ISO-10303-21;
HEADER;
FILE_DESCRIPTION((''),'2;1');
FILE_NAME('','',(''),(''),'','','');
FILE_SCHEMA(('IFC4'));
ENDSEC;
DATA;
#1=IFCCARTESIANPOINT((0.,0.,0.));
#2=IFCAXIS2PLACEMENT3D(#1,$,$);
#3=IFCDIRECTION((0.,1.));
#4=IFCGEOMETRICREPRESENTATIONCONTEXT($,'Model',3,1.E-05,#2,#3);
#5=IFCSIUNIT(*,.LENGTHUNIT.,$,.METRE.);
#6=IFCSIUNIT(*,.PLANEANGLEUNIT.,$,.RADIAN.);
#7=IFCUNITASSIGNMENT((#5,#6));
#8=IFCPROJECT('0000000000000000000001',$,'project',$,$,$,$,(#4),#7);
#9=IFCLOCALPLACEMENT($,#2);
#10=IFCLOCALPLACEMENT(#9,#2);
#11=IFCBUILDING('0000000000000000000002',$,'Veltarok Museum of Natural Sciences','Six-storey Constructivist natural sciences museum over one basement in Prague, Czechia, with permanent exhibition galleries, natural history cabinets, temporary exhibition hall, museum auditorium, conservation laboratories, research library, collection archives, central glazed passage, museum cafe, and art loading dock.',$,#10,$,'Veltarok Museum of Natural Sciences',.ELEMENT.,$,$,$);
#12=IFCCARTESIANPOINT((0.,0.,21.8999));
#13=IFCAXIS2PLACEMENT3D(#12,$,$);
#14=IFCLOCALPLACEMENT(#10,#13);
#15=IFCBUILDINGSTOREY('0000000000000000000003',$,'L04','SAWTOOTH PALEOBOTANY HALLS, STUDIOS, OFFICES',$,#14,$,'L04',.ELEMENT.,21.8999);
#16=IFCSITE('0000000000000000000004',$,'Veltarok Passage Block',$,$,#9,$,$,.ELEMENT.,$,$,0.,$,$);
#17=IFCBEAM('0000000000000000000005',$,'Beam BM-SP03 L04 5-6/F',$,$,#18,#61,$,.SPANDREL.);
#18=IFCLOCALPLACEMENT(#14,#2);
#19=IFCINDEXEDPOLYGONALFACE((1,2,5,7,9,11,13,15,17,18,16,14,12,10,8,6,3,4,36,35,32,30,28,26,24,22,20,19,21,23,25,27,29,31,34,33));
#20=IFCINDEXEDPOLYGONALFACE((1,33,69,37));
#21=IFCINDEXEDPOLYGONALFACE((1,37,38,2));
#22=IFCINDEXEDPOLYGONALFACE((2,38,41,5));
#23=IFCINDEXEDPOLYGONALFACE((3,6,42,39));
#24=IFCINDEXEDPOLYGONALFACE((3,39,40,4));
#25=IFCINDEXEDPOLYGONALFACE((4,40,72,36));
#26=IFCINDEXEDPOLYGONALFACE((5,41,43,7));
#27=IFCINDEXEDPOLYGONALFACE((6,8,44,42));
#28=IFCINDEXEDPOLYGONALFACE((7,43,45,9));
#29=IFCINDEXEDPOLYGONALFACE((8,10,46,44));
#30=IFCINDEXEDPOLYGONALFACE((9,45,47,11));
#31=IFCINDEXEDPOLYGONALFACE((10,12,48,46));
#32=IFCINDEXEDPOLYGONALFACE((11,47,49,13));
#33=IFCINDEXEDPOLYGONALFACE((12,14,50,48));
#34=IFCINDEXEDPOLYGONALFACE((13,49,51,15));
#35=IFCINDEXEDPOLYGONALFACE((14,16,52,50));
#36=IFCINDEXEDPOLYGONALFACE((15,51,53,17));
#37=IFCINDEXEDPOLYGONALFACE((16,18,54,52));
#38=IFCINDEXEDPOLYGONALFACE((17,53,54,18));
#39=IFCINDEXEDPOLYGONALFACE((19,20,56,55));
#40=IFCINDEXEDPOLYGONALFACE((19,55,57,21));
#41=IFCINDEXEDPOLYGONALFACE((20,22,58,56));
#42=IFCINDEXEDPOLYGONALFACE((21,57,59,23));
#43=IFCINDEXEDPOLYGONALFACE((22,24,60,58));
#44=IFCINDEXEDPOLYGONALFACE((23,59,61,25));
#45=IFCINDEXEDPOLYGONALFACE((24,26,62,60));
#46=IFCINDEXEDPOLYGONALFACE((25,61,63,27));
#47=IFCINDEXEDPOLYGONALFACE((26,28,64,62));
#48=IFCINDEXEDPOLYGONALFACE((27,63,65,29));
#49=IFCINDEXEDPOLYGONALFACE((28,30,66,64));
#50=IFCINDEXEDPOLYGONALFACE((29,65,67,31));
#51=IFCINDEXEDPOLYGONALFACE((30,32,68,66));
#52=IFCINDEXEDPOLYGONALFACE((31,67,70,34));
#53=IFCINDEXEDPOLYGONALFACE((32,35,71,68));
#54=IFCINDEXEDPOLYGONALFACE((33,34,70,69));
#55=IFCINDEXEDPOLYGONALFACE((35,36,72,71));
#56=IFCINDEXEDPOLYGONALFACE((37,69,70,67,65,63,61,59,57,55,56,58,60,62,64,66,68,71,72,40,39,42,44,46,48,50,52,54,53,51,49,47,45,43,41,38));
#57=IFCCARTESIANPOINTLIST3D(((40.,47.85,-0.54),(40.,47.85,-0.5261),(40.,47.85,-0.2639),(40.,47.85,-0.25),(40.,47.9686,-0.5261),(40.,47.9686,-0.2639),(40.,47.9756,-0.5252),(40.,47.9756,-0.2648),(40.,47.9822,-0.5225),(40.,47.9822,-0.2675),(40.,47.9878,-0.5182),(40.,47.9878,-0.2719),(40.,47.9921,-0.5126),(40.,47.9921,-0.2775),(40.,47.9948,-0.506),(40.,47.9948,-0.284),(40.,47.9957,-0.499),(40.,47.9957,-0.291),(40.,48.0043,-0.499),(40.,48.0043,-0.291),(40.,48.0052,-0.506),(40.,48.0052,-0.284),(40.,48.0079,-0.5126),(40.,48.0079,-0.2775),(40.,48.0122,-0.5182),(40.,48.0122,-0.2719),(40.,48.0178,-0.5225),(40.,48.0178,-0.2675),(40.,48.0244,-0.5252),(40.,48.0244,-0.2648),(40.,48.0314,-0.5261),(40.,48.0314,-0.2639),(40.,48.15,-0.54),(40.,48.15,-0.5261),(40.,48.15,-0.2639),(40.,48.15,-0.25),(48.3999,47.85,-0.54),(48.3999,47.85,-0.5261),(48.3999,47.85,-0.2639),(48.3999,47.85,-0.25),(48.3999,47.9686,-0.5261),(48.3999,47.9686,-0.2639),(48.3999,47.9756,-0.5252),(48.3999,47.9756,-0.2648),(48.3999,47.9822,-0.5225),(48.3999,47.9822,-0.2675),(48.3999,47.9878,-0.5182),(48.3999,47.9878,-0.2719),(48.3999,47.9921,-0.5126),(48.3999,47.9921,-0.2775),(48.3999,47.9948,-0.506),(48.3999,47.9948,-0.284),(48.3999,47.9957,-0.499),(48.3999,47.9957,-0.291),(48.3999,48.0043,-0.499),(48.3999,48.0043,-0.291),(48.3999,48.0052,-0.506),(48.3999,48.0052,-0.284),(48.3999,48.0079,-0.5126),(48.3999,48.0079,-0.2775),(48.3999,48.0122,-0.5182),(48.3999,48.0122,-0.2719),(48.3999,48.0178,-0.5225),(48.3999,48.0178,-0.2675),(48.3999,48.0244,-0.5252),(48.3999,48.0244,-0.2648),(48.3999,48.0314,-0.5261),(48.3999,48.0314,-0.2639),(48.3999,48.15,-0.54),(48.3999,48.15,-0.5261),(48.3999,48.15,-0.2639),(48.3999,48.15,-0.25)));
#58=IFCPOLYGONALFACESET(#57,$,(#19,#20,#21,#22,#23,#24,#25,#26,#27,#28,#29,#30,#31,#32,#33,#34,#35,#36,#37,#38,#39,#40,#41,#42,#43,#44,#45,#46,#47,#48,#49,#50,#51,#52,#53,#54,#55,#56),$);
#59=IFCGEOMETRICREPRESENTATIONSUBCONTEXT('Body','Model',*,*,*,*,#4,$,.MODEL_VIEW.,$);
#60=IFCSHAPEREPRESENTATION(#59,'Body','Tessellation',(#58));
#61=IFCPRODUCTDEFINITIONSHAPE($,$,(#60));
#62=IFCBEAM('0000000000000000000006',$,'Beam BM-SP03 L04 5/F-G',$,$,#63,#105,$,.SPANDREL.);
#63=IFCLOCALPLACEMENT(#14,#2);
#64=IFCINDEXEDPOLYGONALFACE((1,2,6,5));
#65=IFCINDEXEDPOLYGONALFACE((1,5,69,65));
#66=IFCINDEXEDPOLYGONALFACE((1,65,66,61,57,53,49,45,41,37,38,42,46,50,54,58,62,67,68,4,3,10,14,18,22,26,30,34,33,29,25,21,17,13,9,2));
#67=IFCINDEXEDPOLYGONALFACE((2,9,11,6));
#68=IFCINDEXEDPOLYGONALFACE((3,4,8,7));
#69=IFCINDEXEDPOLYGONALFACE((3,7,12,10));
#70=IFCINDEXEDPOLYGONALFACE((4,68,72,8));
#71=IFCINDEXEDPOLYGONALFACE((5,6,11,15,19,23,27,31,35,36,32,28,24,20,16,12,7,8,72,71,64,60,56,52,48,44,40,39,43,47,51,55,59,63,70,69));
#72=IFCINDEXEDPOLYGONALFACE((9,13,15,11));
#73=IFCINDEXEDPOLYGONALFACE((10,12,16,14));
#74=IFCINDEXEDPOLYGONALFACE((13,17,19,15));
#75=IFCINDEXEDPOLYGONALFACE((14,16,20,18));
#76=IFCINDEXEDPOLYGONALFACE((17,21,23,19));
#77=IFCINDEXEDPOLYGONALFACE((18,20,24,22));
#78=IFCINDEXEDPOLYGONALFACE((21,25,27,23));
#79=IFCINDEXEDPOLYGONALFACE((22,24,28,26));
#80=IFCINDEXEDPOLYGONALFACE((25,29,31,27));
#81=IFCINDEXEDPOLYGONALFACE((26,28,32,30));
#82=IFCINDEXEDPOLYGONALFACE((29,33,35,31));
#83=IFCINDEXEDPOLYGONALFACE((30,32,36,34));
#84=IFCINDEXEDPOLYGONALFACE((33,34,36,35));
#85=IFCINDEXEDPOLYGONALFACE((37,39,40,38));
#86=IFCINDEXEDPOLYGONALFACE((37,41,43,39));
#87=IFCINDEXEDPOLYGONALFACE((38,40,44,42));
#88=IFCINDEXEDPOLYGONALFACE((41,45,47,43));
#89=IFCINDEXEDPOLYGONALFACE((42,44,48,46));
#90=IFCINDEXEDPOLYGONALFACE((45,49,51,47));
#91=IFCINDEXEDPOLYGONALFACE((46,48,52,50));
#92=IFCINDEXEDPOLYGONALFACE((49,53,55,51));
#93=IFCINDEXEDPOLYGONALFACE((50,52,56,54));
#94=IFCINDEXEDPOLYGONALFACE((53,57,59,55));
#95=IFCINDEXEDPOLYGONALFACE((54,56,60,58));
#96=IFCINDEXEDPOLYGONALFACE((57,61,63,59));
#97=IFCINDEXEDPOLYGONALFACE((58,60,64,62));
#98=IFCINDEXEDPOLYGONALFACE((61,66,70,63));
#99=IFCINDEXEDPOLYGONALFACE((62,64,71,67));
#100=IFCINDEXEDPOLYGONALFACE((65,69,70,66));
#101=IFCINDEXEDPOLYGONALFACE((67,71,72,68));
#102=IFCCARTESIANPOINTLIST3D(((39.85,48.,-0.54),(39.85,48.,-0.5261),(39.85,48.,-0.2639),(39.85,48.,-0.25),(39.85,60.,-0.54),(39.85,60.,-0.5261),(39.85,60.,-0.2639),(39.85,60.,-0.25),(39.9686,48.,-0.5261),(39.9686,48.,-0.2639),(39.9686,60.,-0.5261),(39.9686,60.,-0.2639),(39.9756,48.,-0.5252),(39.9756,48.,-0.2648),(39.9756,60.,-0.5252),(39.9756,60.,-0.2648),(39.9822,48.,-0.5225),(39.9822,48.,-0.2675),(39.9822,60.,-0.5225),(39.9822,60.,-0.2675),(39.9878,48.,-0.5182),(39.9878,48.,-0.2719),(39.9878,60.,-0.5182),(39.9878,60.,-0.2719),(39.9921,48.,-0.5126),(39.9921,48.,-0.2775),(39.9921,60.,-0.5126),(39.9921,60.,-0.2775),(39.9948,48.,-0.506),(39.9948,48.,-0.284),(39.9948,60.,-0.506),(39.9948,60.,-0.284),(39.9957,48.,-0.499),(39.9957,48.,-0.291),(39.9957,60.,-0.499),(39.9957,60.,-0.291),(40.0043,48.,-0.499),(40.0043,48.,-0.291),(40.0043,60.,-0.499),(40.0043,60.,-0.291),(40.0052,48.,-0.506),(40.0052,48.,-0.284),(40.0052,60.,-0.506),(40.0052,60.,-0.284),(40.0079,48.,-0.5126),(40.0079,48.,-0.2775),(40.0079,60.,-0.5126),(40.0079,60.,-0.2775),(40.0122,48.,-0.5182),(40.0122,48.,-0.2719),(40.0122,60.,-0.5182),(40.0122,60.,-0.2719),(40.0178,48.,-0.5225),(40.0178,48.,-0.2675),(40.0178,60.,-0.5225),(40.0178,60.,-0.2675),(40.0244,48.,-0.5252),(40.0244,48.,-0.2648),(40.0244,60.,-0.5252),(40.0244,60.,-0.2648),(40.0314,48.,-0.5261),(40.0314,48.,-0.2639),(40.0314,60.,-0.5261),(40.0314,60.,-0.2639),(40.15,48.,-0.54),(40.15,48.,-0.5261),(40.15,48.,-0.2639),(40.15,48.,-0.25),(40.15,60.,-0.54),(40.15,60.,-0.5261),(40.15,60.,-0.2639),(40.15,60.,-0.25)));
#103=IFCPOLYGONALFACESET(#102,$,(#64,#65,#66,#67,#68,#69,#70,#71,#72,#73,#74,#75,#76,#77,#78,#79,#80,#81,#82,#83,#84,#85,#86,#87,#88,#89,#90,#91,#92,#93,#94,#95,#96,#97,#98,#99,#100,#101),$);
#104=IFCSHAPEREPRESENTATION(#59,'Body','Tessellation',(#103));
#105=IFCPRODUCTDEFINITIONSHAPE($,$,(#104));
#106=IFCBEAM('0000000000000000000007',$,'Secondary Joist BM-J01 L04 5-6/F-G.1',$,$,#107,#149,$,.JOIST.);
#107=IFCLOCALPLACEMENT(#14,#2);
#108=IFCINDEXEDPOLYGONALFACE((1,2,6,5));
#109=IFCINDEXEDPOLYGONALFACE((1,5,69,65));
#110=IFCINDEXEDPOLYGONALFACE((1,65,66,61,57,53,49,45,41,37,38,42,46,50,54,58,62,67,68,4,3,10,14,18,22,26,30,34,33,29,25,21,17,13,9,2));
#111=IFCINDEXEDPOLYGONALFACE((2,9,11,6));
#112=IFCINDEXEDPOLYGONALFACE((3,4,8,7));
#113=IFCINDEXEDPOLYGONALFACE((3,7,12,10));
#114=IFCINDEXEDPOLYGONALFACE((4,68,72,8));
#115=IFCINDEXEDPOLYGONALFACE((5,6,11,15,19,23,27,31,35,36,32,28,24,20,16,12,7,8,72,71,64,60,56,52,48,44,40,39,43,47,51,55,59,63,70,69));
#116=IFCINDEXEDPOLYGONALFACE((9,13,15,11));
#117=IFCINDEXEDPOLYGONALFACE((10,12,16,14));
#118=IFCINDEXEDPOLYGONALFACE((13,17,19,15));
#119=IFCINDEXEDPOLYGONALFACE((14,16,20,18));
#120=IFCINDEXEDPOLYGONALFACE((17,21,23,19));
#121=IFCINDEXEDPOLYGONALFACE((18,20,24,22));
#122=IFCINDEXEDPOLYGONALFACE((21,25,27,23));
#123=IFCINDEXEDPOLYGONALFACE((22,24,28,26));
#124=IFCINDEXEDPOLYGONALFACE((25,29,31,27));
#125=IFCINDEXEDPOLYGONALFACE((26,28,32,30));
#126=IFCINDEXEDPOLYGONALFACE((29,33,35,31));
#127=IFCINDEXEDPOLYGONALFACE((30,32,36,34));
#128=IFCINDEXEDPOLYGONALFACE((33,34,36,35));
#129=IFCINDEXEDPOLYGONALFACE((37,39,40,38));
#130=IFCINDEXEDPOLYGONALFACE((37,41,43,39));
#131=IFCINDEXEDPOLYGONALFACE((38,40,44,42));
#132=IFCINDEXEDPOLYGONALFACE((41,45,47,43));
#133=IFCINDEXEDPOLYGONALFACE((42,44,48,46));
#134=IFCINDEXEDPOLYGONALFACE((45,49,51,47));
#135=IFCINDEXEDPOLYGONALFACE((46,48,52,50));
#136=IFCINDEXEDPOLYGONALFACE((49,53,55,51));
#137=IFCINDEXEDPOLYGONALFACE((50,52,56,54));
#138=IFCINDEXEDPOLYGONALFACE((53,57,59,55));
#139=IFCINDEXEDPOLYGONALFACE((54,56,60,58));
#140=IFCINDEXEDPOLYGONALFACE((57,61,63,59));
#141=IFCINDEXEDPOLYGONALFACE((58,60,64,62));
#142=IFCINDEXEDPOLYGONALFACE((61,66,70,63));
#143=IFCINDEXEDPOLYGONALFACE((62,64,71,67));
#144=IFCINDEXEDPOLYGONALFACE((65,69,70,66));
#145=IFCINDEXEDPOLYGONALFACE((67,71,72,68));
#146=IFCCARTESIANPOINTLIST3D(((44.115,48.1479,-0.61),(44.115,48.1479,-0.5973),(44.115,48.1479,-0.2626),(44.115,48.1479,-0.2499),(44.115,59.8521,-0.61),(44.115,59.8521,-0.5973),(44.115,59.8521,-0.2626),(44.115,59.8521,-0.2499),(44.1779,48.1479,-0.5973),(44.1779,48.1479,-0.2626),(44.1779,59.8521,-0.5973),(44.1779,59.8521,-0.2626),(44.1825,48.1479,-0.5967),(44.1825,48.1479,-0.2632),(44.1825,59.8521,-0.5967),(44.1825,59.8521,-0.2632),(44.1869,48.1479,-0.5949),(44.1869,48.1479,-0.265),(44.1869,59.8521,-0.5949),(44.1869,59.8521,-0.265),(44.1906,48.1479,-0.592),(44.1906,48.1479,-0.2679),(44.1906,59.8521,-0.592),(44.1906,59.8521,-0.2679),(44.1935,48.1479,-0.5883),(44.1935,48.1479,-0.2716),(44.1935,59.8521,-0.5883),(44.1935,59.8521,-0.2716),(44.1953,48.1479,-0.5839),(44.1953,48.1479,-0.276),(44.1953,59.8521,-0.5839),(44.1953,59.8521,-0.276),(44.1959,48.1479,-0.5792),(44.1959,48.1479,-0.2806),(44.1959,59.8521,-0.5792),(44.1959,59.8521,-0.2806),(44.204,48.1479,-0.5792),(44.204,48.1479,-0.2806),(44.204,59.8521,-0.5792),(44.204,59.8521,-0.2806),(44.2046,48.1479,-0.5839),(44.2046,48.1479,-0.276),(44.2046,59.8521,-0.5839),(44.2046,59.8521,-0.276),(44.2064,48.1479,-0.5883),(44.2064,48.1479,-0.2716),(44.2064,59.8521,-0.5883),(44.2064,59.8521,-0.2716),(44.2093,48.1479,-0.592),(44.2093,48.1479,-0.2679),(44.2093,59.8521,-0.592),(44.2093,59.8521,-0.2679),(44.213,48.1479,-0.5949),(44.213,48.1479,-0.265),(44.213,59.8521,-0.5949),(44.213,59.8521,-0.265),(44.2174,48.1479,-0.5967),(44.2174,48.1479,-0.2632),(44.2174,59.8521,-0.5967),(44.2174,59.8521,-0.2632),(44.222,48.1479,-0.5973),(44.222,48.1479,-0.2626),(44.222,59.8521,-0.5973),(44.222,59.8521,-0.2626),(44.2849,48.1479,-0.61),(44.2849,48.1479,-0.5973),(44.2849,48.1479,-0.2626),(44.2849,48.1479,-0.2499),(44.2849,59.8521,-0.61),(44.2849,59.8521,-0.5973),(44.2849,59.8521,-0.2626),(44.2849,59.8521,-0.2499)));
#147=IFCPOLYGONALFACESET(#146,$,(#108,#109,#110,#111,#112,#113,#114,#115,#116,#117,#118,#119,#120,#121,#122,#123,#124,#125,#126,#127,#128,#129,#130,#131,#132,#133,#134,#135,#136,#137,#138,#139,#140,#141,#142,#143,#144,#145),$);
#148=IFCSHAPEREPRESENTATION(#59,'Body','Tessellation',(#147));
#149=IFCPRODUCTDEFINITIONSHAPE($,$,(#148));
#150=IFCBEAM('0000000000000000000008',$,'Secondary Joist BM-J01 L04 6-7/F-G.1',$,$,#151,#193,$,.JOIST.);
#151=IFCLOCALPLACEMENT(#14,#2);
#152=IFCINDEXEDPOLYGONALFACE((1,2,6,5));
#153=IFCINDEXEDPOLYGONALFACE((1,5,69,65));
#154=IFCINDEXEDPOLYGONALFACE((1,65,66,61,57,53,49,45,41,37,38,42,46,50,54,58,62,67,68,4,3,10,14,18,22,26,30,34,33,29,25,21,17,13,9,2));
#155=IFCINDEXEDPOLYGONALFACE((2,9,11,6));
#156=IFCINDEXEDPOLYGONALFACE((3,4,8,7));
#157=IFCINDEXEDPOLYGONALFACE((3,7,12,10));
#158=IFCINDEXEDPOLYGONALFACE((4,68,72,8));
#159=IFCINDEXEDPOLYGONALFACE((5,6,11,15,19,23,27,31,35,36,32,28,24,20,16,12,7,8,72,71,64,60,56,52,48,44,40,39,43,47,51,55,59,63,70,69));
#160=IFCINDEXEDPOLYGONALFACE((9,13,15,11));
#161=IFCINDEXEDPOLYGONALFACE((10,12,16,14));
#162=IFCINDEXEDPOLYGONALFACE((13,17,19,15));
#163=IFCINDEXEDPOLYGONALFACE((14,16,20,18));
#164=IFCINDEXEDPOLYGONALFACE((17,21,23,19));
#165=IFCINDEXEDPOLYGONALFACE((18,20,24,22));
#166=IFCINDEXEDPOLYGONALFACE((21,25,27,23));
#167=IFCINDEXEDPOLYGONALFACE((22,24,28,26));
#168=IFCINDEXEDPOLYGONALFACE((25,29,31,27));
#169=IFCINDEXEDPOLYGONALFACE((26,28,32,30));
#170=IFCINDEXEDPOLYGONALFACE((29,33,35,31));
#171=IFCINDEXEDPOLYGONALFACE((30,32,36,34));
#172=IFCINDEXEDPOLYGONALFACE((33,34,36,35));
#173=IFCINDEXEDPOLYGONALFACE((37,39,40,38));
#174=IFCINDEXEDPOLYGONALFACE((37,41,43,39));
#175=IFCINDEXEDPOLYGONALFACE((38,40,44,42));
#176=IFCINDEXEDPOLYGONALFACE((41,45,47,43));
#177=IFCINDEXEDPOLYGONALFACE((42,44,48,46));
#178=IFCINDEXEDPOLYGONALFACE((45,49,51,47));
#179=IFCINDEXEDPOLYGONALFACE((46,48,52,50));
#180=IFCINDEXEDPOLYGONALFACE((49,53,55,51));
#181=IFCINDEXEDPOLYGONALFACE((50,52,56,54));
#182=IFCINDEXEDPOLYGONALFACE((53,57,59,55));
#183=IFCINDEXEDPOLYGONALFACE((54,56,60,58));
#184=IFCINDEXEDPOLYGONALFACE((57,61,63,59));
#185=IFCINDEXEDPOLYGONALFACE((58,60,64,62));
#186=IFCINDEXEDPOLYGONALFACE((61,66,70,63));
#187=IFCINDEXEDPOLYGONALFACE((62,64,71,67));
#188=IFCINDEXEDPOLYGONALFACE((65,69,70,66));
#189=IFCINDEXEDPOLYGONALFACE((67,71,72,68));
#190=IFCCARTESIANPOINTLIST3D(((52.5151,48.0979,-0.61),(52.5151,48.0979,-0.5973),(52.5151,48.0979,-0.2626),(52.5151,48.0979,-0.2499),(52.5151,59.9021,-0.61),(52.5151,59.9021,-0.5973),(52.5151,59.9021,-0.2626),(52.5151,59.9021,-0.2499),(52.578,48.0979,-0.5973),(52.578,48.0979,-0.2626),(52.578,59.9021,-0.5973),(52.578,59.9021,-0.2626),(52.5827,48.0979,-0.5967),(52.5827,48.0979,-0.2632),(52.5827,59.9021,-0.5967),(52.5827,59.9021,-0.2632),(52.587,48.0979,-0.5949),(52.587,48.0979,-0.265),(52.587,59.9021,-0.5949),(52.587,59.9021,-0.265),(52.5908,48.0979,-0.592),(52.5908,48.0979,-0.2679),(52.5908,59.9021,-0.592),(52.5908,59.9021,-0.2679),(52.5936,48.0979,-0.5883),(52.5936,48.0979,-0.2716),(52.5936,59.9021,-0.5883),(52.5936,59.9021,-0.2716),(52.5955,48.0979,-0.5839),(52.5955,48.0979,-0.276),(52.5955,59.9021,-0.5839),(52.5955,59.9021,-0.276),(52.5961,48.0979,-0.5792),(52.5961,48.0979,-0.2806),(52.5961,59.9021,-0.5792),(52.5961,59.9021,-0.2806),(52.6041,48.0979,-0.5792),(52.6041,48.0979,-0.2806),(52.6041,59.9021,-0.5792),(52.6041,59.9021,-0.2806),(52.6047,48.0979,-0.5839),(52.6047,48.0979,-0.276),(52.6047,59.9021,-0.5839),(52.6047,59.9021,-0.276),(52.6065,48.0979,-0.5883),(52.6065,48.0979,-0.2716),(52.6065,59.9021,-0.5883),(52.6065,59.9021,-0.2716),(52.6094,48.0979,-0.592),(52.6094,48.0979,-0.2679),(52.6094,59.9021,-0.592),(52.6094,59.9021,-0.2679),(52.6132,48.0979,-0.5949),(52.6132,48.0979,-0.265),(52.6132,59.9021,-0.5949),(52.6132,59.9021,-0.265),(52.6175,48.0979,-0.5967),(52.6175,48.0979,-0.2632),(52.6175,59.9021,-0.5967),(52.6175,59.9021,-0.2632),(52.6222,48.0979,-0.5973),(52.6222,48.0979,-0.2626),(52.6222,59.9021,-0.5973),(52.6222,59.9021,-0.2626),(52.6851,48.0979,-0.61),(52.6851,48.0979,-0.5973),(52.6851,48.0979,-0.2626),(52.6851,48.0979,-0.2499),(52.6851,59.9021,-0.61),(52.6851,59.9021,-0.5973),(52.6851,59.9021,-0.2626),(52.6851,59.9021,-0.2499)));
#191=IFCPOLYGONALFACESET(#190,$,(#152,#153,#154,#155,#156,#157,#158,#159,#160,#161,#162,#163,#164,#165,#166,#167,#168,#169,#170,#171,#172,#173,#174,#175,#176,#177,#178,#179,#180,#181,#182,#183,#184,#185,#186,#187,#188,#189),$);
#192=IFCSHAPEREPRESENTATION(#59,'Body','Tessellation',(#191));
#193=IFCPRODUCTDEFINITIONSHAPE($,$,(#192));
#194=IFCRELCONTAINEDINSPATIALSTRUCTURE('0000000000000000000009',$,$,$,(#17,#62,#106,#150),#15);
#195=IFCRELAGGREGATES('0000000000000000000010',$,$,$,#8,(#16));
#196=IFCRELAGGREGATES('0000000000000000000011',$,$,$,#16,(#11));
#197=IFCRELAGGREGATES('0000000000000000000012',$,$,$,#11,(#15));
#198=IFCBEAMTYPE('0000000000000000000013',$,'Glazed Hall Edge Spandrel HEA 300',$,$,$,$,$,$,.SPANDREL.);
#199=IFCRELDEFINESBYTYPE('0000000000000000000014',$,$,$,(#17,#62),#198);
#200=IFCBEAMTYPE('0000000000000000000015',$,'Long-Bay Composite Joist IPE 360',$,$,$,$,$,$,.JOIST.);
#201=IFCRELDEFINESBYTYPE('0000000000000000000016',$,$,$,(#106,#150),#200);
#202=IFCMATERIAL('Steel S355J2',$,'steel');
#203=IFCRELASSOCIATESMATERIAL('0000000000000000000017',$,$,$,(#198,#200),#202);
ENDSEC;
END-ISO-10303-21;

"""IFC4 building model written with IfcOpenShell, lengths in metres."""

from ifc_helpers import new_model, si_unit, direction, frame, origin, origin_2d, place, context, subcontext, project, spatial, i_section, extrude, material, material_profile, profile_set, type_object, element, save


model = new_model("IFC4")

# Units and contexts
model_context = context("Model", 3, precision=1e-05, world=origin(), true_north=direction((0.0, 1.0)))
body_context = subcontext(model_context, "Body", "Model", "MODEL_VIEW")
ifc_project = project(units=[si_unit("LENGTHUNIT", "METRE"), si_unit("PLANEANGLEUNIT", "RADIAN")], contexts=[model_context])

# Site, building, storey
site_placement = place(None, origin())
site = spatial("IfcSite", under=ifc_project, at=site_placement, Name="Veltarok Passage Block", CompositionType="ELEMENT", RefElevation=0.0)
building_placement = place(site_placement, origin())
building = spatial("IfcBuilding", under=site, at=building_placement, Name="Veltarok Museum of Natural Sciences", Description="Six-storey Constructivist natural sciences museum over one basement in Prague, Czechia, with permanent exhibition galleries, natural history cabinets, temporary exhibition hall, museum auditorium, conservation laboratories, research library, collection archives, central glazed passage, museum cafe, and art loading dock.", LongName="Veltarok Museum of Natural Sciences", CompositionType="ELEMENT")
storey_placement = place(building_placement, frame((0.0, 0.0, 21.8999)))
storey = spatial("IfcBuildingStorey", under=building, at=storey_placement, Name="L04", Description="SAWTOOTH PALEOBOTANY HALLS, STUDIOS, OFFICES", LongName="L04", CompositionType="ELEMENT", Elevation=21.8999)

# Shared definitions
ifc_material_1 = material(Name="Steel S355J2", Category="steel")

# Beams
ifc_material_profile_1 = material_profile(ifc_material_1, i_section(OverallWidth=0.3, OverallDepth=0.29, WebThickness=0.0085, FlangeThickness=0.0139, FilletRadius=0.0271, at=origin_2d()), Name="HEA 300")
ifc_profile_set_1 = profile_set([ifc_material_profile_1], Name="Steel S355J2")
beam_type_1 = type_object("IfcBeamType", Name="Glazed Hall Edge Spandrel HEA 300", PredefinedType="SPANDREL", material=ifc_profile_set_1)
beam_1_placement = place(storey_placement, frame((40.0, 48.0, -0.395), z_axis=(1.0, 0.0, 0.0), x_axis=(0.0, 1.0, 0.0)))
element("IfcBeam", 1, at=beam_1_placement, inside=storey, type_object=beam_type_1, Name="Beam BM-SP03 L04 5-6/F", PredefinedType="SPANDREL", context=body_context, shape_type="SweptSolid", body=[
    extrude(i_section(OverallWidth=0.3, OverallDepth=0.29, WebThickness=0.0085, FlangeThickness=0.0139, FilletRadius=0.0271, at=origin_2d()), origin(), (0.0, 0.0, 1.0), 8.3999),
])
beam_2_placement = place(storey_placement, frame((40.0, 48.0, -0.395), z_axis=(0.0, 1.0, 0.0), x_axis=(-1.0, 0.0, 0.0)))
element("IfcBeam", 2, at=beam_2_placement, inside=storey, type_object=beam_type_1, Name="Beam BM-SP03 L04 5/F-G", PredefinedType="SPANDREL", context=body_context, shape_type="SweptSolid", body=[
    extrude(i_section(OverallWidth=0.3, OverallDepth=0.29, WebThickness=0.0085, FlangeThickness=0.0139, FilletRadius=0.0271, at=origin_2d()), origin(), (0.0, 0.0, 1.0), 12.0),
])
ifc_material_profile_2 = material_profile(ifc_material_1, i_section(OverallWidth=0.1699, OverallDepth=0.3601, WebThickness=0.0081, FlangeThickness=0.0127, FilletRadius=0.0181, at=origin_2d()), Name="IPE 360")
ifc_profile_set_2 = profile_set([ifc_material_profile_2], Name="Steel S355J2")
beam_type_2 = type_object("IfcBeamType", Name="Long-Bay Composite Joist IPE 360", PredefinedType="JOIST", material=ifc_profile_set_2)
beam_3_placement = place(storey_placement, frame((44.2, 48.1479, -0.4299), z_axis=(0.0, 1.0, 0.0), x_axis=(-1.0, 0.0, 0.0)))
element("IfcBeam", 3, at=beam_3_placement, inside=storey, type_object=beam_type_2, Name="Secondary Joist BM-J01 L04 5-6/F-G.1", PredefinedType="JOIST", context=body_context, shape_type="SweptSolid", body=[
    extrude(i_section(OverallWidth=0.1699, OverallDepth=0.3601, WebThickness=0.0081, FlangeThickness=0.0127, FilletRadius=0.0181, at=origin_2d()), origin(), (0.0, 0.0, 1.0), 11.7041),
])
beam_4_placement = place(storey_placement, frame((52.6001, 48.0979, -0.4299), z_axis=(0.0, 1.0, 0.0), x_axis=(-1.0, 0.0, 0.0)))
element("IfcBeam", 4, at=beam_4_placement, inside=storey, type_object=beam_type_2, Name="Secondary Joist BM-J01 L04 6-7/F-G.1", PredefinedType="JOIST", context=body_context, shape_type="SweptSolid", body=[
    extrude(i_section(OverallWidth=0.1699, OverallDepth=0.3601, WebThickness=0.0081, FlangeThickness=0.0127, FilletRadius=0.0181, at=origin_2d()), origin(), (0.0, 0.0, 1.0), 11.8042),
])

save(model, "model.ifc")
